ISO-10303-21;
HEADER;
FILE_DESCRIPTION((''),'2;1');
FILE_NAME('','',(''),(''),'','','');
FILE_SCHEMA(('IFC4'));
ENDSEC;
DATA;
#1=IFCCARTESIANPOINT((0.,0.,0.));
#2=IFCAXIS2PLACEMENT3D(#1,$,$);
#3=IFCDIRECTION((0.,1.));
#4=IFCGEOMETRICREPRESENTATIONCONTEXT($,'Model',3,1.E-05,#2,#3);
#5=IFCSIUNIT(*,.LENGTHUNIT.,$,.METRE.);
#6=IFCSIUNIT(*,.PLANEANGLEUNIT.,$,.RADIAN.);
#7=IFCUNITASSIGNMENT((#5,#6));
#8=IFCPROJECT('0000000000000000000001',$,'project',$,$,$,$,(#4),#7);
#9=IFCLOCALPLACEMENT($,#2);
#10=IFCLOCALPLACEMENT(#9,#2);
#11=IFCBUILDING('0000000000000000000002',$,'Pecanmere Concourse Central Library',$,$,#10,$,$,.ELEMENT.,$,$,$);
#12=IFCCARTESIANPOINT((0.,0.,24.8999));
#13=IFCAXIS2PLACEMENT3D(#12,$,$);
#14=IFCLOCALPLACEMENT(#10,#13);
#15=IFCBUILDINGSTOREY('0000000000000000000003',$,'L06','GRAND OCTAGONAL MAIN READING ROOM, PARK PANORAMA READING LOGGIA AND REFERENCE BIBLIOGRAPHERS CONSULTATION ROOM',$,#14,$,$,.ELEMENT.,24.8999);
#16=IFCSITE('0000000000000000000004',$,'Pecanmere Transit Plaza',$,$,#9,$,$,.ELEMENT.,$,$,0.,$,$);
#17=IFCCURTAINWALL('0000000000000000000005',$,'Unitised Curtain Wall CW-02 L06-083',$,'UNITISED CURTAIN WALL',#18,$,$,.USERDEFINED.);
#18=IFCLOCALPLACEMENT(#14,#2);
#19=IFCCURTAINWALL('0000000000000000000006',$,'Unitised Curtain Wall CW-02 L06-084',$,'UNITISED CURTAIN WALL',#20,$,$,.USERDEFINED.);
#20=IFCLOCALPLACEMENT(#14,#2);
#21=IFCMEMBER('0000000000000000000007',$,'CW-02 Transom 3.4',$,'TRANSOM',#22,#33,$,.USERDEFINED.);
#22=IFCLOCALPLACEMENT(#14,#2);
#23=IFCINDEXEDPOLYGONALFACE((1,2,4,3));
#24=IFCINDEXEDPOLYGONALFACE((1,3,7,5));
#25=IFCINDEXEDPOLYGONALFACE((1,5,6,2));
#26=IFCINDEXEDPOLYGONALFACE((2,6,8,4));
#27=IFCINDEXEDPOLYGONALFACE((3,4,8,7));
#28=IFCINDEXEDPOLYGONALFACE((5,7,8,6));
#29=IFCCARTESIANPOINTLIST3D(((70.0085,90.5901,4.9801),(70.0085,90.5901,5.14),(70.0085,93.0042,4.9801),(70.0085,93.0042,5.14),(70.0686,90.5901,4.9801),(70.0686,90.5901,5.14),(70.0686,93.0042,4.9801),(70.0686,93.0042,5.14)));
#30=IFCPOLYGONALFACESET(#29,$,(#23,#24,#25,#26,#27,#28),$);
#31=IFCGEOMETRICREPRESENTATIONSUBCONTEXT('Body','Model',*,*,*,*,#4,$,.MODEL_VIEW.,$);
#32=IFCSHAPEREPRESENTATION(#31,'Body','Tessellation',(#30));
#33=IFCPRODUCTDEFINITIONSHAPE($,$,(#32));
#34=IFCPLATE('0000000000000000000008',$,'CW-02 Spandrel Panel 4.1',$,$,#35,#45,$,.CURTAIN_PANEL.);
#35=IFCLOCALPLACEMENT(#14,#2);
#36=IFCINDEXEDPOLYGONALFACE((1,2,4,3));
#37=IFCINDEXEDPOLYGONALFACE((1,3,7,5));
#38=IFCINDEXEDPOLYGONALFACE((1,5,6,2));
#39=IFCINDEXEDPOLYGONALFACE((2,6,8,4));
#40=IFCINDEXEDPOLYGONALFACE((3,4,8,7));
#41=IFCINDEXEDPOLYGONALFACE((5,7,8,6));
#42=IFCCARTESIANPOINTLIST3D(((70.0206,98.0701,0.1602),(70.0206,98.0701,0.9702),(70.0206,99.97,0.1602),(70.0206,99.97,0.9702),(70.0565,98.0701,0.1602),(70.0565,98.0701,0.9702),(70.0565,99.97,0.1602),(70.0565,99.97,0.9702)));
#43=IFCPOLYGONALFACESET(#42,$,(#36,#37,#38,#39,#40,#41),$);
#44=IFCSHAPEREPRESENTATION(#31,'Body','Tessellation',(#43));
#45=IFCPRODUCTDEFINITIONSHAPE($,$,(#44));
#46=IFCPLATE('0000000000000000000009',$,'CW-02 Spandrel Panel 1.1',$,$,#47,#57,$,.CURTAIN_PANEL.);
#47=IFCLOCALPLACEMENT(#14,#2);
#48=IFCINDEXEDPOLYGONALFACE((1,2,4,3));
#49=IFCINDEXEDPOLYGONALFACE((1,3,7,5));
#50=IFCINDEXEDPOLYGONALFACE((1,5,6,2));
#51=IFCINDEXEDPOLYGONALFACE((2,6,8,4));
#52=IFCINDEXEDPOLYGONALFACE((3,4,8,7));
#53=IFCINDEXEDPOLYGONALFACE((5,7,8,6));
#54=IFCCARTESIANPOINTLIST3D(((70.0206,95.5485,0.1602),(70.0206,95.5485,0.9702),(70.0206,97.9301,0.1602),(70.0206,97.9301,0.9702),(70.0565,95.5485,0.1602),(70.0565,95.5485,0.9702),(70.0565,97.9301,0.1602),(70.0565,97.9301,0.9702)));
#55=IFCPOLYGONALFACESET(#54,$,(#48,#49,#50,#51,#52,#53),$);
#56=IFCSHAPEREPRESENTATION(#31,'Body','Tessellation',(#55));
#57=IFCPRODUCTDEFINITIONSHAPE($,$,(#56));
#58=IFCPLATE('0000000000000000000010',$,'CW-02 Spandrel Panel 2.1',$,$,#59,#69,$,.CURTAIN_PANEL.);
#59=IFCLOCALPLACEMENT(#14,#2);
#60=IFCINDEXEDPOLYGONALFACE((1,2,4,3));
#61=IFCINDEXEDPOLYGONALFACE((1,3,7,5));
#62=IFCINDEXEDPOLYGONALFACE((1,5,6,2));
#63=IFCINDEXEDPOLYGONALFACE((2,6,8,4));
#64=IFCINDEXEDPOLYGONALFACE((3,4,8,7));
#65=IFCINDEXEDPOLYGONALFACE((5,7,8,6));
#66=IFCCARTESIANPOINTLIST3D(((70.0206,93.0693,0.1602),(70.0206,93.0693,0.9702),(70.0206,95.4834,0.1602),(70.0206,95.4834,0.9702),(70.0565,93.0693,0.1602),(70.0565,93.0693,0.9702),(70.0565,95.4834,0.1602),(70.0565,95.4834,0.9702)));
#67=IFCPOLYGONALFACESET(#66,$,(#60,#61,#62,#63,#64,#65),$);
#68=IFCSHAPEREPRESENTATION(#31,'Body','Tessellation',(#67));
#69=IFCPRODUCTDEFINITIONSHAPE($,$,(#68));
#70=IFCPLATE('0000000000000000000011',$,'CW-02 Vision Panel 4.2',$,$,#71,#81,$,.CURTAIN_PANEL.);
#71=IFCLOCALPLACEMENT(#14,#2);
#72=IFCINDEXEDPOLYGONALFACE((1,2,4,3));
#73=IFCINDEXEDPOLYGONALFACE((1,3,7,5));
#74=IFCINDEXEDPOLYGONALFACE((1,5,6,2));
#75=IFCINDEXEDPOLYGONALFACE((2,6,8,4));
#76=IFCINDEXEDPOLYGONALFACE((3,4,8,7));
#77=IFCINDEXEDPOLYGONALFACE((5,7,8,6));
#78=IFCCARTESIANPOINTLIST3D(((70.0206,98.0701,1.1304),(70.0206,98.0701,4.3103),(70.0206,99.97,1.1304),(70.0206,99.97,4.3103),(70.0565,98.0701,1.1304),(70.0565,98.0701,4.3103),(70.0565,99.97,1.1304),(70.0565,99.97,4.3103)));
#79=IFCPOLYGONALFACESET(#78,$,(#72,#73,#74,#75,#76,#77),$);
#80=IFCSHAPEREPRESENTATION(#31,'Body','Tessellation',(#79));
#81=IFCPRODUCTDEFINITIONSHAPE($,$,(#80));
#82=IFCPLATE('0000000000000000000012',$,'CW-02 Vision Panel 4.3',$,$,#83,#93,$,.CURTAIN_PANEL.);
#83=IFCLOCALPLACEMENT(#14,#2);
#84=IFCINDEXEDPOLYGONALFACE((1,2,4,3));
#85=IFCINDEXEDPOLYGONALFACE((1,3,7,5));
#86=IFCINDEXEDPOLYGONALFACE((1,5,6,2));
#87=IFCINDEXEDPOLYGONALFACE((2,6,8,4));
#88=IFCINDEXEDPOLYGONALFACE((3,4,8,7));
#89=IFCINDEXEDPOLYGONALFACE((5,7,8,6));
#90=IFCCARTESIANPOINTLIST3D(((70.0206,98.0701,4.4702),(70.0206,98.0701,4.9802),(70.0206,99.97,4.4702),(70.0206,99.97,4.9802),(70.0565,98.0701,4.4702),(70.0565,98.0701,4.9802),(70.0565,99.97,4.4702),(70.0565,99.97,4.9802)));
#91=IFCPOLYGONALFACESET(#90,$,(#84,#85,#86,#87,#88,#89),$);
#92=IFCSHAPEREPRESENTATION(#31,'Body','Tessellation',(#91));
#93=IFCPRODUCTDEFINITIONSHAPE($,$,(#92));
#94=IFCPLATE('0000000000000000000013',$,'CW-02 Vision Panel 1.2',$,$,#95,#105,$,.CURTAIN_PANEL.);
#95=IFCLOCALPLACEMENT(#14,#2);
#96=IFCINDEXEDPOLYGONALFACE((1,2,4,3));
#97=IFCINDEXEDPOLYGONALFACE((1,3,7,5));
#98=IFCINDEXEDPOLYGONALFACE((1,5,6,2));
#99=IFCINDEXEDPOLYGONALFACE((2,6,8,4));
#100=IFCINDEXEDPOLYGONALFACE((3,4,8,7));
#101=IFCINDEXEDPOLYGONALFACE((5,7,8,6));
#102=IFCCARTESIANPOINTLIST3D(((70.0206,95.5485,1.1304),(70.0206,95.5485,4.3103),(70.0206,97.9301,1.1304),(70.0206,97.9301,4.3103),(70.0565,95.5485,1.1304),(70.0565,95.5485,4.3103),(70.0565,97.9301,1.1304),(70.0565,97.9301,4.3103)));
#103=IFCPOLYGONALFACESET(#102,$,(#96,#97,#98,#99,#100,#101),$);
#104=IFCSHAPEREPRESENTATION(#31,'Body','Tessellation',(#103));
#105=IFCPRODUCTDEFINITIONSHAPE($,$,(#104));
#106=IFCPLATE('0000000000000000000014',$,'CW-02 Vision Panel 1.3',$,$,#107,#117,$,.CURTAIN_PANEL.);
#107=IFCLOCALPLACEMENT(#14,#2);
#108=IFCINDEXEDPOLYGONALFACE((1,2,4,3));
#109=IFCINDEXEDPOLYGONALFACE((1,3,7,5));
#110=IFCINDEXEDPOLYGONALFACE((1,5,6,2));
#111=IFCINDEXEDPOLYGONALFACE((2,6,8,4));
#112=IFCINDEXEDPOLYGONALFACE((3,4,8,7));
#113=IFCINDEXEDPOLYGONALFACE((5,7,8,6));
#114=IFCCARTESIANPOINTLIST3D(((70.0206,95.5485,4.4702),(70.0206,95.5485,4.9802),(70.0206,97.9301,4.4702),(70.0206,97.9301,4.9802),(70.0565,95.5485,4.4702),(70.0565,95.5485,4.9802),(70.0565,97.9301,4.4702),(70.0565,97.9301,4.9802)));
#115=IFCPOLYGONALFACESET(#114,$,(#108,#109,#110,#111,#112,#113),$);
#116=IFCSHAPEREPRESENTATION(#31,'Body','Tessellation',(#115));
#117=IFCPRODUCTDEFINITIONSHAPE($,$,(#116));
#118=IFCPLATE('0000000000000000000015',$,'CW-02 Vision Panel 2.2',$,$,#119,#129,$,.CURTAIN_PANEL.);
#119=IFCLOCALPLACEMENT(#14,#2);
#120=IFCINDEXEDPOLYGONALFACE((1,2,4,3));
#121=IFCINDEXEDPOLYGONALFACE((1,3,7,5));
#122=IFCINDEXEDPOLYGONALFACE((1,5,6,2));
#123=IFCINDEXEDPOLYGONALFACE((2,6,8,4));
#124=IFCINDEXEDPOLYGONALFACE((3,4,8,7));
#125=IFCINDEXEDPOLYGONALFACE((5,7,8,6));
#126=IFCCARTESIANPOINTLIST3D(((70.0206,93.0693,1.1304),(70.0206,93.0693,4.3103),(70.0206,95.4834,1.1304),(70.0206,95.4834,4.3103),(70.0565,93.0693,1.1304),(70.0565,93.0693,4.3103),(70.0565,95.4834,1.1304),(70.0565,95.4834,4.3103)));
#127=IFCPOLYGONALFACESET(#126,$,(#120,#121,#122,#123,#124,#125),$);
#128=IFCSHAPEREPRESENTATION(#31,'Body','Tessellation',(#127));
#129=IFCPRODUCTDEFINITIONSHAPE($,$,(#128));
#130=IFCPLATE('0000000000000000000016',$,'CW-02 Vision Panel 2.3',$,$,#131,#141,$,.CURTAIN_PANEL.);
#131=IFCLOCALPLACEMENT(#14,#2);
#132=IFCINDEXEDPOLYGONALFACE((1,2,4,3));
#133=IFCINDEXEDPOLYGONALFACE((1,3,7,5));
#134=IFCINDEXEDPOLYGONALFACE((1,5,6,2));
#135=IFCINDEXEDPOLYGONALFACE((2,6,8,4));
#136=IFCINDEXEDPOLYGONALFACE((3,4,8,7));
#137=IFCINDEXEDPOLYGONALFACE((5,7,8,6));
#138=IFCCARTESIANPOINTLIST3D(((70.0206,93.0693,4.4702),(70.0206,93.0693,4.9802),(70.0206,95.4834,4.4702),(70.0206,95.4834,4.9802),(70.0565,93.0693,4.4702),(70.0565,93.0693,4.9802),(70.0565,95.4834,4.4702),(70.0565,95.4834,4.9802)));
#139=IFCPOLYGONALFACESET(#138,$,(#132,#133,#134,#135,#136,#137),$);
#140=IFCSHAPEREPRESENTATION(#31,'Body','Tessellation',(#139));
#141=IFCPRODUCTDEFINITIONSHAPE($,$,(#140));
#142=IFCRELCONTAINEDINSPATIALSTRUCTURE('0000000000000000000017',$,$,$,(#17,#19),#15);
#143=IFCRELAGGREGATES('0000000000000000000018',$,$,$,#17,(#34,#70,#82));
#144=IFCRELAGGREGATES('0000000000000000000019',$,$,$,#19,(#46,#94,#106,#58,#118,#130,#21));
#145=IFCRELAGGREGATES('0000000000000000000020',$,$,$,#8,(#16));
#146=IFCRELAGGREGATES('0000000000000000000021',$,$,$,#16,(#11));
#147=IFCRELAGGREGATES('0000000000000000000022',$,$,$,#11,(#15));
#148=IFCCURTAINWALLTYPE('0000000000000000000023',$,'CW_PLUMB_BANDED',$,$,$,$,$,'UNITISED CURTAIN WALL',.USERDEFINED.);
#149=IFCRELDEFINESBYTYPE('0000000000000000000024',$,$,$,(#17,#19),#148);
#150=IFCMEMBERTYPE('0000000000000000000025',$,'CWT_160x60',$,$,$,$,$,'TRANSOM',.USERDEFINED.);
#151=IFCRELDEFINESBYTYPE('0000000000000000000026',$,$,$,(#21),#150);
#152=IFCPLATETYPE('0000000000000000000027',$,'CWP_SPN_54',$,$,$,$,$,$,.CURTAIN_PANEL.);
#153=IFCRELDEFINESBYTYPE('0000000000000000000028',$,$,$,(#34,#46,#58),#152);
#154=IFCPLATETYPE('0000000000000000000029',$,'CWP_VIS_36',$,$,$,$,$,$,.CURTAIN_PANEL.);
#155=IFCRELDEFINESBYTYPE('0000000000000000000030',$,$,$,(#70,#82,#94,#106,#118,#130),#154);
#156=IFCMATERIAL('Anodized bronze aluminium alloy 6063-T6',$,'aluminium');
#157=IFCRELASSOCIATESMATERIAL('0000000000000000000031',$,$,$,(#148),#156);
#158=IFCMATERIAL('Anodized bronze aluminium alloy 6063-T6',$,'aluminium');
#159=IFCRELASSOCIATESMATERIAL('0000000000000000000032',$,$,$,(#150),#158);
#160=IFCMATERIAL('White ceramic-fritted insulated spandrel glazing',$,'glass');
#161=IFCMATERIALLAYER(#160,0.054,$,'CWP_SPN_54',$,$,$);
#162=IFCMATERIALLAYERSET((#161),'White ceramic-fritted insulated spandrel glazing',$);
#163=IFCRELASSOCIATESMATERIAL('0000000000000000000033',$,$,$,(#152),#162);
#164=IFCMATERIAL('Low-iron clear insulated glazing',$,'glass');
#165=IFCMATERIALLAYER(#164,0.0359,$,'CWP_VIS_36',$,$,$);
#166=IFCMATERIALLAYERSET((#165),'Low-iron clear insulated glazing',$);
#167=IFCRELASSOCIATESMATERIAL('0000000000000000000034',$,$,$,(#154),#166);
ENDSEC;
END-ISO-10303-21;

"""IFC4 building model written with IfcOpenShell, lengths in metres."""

from ifc_helpers import new_model, si_unit, direction, frame, origin, origin_2d, place, context, subcontext, project, spatial, rectangle, extrude, material, layer, layer_set, material_profile, profile_set, type_object, element, aggregate, save


model = new_model("IFC4")

# Units and contexts
model_context = context("Model", 3, precision=1e-05, world=origin(), true_north=direction((0.0, 1.0)))
body_context = subcontext(model_context, "Body", "Model", "MODEL_VIEW")
ifc_project = project(units=[si_unit("LENGTHUNIT", "METRE"), si_unit("PLANEANGLEUNIT", "RADIAN")], contexts=[model_context])

# Site, building, storey
site_placement = place(None, origin())
site = spatial("IfcSite", under=ifc_project, at=site_placement, Name="Pecanmere Transit Plaza", CompositionType="ELEMENT", RefElevation=0.0)
building_placement = place(site_placement, origin())
building = spatial("IfcBuilding", under=site, at=building_placement, Name="Pecanmere Concourse Central Library", CompositionType="ELEMENT")
storey_placement = place(building_placement, frame((0.0, 0.0, 24.8999)))
storey = spatial("IfcBuildingStorey", under=building, at=storey_placement, Name="L06", Description="GRAND OCTAGONAL MAIN READING ROOM, PARK PANORAMA READING LOGGIA AND REFERENCE BIBLIOGRAPHERS CONSULTATION ROOM", CompositionType="ELEMENT", Elevation=24.8999)

# Curtain wall
ifc_material_1 = material(Name="Anodized bronze aluminium alloy 6063-T6", Category="aluminium")
curtain_wall_type = type_object("IfcCurtainWallType", Name="CW_PLUMB_BANDED", ElementType="UNITISED CURTAIN WALL", PredefinedType="USERDEFINED", material=ifc_material_1)
curtain_wall_1_placement = place(storey_placement, origin())
curtain_wall_1 = element("IfcCurtainWall", 1, at=curtain_wall_1_placement, inside=storey, type_object=curtain_wall_type, Name="Unitised Curtain Wall CW-02 L06-083", ObjectType="UNITISED CURTAIN WALL", PredefinedType="USERDEFINED")

# Curtain wall, member
curtain_wall_2_placement = place(storey_placement, origin())
curtain_wall_2 = element("IfcCurtainWall", 2, at=curtain_wall_2_placement, inside=storey, type_object=curtain_wall_type, Name="Unitised Curtain Wall CW-02 L06-084", ObjectType="UNITISED CURTAIN WALL", PredefinedType="USERDEFINED")
ifc_material_2 = material(Name="Anodized bronze aluminium alloy 6063-T6", Category="aluminium")
ifc_material_profile_1 = material_profile(ifc_material_2, rectangle(XDim=0.0601, YDim=0.1599, at=origin_2d()), Name="AL 60x160")
ifc_profile_set_1 = profile_set([ifc_material_profile_1], Name="Anodized bronze aluminium alloy 6063-T6")
member_type_1 = type_object("IfcMemberType", Name="CWT_160x60", ElementType="TRANSOM", PredefinedType="USERDEFINED", material=ifc_profile_set_1)
member_1_placement = place(storey_placement, frame((70.0386, 93.0042, 5.0601), z_axis=(0.0, -1.0, 0.0), x_axis=(1.0, 0.0, 0.0)))
member_1 = element("IfcMember", 3, at=member_1_placement, type_object=member_type_1, Name="CW-02 Transom 3.4", ObjectType="TRANSOM", PredefinedType="USERDEFINED", context=body_context, shape_type="SweptSolid", body=[
    extrude(rectangle(XDim=0.0601, YDim=0.1599, at=origin_2d()), origin(), (0.0, 0.0, 1.0), 2.4141),
])

# Plates
ifc_material_3 = material(Name="White ceramic-fritted insulated spandrel glazing", Category="glass")
ifc_layer_1 = layer(ifc_material_3, 0.054, Name="CWP_SPN_54")
ifc_layer_set_1 = layer_set([ifc_layer_1], Name="White ceramic-fritted insulated spandrel glazing")
plate_type_1 = type_object("IfcPlateType", Name="CWP_SPN_54", PredefinedType="CURTAIN_PANEL", material=ifc_layer_set_1)
plate_1_placement = place(storey_placement, frame((70.0386, 99.02, 0.1602), z_axis=(0.0, 0.0, 1.0), x_axis=(0.0, -1.0, 0.0)))
plate_1 = element("IfcPlate", 4, at=plate_1_placement, type_object=plate_type_1, Name="CW-02 Spandrel Panel 4.1", PredefinedType="CURTAIN_PANEL", context=body_context, shape_type="SweptSolid", body=[
    extrude(rectangle(XDim=1.8999, YDim=0.0359, at=origin_2d()), origin(), (0.0, 0.0, 1.0), 0.8101),
])
plate_2_placement = place(storey_placement, frame((70.0386, 96.7393, 0.1602), z_axis=(0.0, 0.0, 1.0), x_axis=(0.0, -1.0, 0.0)))
plate_2 = element("IfcPlate", 5, at=plate_2_placement, type_object=plate_type_1, Name="CW-02 Spandrel Panel 1.1", PredefinedType="CURTAIN_PANEL", context=body_context, shape_type="SweptSolid", body=[
    extrude(rectangle(XDim=2.3816, YDim=0.0359, at=origin_2d()), origin(), (0.0, 0.0, 1.0), 0.8101),
])
plate_3_placement = place(storey_placement, frame((70.0386, 94.2764, 0.1602), z_axis=(0.0, 0.0, 1.0), x_axis=(0.0, -1.0, 0.0)))
plate_3 = element("IfcPlate", 6, at=plate_3_placement, type_object=plate_type_1, Name="CW-02 Spandrel Panel 2.1", PredefinedType="CURTAIN_PANEL", context=body_context, shape_type="SweptSolid", body=[
    extrude(rectangle(XDim=2.4141, YDim=0.0359, at=origin_2d()), origin(), (0.0, 0.0, 1.0), 0.8101),
])
ifc_material_4 = material(Name="Low-iron clear insulated glazing", Category="glass")
ifc_layer_2 = layer(ifc_material_4, 0.0359, Name="CWP_VIS_36")
ifc_layer_set_2 = layer_set([ifc_layer_2], Name="Low-iron clear insulated glazing")
plate_type_2 = type_object("IfcPlateType", Name="CWP_VIS_36", PredefinedType="CURTAIN_PANEL", material=ifc_layer_set_2)
plate_4_placement = place(storey_placement, frame((70.0386, 99.02, 1.1304), z_axis=(0.0, 0.0, 1.0), x_axis=(0.0, -1.0, 0.0)))
plate_4 = element("IfcPlate", 7, at=plate_4_placement, type_object=plate_type_2, Name="CW-02 Vision Panel 4.2", PredefinedType="CURTAIN_PANEL", context=body_context, shape_type="SweptSolid", body=[
    extrude(rectangle(XDim=1.8999, YDim=0.0359, at=origin_2d()), origin(), (0.0, 0.0, 1.0), 3.1799),
])
plate_5_placement = place(storey_placement, frame((70.0386, 99.02, 4.4702), z_axis=(0.0, 0.0, 1.0), x_axis=(0.0, -1.0, 0.0)))
plate_5 = element("IfcPlate", 8, at=plate_5_placement, type_object=plate_type_2, Name="CW-02 Vision Panel 4.3", PredefinedType="CURTAIN_PANEL", context=body_context, shape_type="SweptSolid", body=[
    extrude(rectangle(XDim=1.8999, YDim=0.0359, at=origin_2d()), origin(), (0.0, 0.0, 1.0), 0.51),
])
aggregate(curtain_wall_1, [plate_1, plate_4, plate_5])
plate_6_placement = place(storey_placement, frame((70.0386, 96.7393, 1.1304), z_axis=(0.0, 0.0, 1.0), x_axis=(0.0, -1.0, 0.0)))
plate_6 = element("IfcPlate", 9, at=plate_6_placement, type_object=plate_type_2, Name="CW-02 Vision Panel 1.2", PredefinedType="CURTAIN_PANEL", context=body_context, shape_type="SweptSolid", body=[
    extrude(rectangle(XDim=2.3816, YDim=0.0359, at=origin_2d()), origin(), (0.0, 0.0, 1.0), 3.1799),
])
plate_7_placement = place(storey_placement, frame((70.0386, 96.7393, 4.4702), z_axis=(0.0, 0.0, 1.0), x_axis=(0.0, -1.0, 0.0)))
plate_7 = element("IfcPlate", 10, at=plate_7_placement, type_object=plate_type_2, Name="CW-02 Vision Panel 1.3", PredefinedType="CURTAIN_PANEL", context=body_context, shape_type="SweptSolid", body=[
    extrude(rectangle(XDim=2.3816, YDim=0.0359, at=origin_2d()), origin(), (0.0, 0.0, 1.0), 0.51),
])
plate_8_placement = place(storey_placement, frame((70.0386, 94.2764, 1.1304), z_axis=(0.0, 0.0, 1.0), x_axis=(0.0, -1.0, 0.0)))
plate_8 = element("IfcPlate", 11, at=plate_8_placement, type_object=plate_type_2, Name="CW-02 Vision Panel 2.2", PredefinedType="CURTAIN_PANEL", context=body_context, shape_type="SweptSolid", body=[
    extrude(rectangle(XDim=2.4141, YDim=0.0359, at=origin_2d()), origin(), (0.0, 0.0, 1.0), 3.1799),
])
plate_9_placement = place(storey_placement, frame((70.0386, 94.2764, 4.4702), z_axis=(0.0, 0.0, 1.0), x_axis=(0.0, -1.0, 0.0)))
plate_9 = element("IfcPlate", 12, at=plate_9_placement, type_object=plate_type_2, Name="CW-02 Vision Panel 2.3", PredefinedType="CURTAIN_PANEL", context=body_context, shape_type="SweptSolid", body=[
    extrude(rectangle(XDim=2.4141, YDim=0.0359, at=origin_2d()), origin(), (0.0, 0.0, 1.0), 0.51),
])
aggregate(curtain_wall_2, [plate_2, plate_6, plate_7, plate_3, plate_8, plate_9, member_1])

save(model, "model.ifc")
